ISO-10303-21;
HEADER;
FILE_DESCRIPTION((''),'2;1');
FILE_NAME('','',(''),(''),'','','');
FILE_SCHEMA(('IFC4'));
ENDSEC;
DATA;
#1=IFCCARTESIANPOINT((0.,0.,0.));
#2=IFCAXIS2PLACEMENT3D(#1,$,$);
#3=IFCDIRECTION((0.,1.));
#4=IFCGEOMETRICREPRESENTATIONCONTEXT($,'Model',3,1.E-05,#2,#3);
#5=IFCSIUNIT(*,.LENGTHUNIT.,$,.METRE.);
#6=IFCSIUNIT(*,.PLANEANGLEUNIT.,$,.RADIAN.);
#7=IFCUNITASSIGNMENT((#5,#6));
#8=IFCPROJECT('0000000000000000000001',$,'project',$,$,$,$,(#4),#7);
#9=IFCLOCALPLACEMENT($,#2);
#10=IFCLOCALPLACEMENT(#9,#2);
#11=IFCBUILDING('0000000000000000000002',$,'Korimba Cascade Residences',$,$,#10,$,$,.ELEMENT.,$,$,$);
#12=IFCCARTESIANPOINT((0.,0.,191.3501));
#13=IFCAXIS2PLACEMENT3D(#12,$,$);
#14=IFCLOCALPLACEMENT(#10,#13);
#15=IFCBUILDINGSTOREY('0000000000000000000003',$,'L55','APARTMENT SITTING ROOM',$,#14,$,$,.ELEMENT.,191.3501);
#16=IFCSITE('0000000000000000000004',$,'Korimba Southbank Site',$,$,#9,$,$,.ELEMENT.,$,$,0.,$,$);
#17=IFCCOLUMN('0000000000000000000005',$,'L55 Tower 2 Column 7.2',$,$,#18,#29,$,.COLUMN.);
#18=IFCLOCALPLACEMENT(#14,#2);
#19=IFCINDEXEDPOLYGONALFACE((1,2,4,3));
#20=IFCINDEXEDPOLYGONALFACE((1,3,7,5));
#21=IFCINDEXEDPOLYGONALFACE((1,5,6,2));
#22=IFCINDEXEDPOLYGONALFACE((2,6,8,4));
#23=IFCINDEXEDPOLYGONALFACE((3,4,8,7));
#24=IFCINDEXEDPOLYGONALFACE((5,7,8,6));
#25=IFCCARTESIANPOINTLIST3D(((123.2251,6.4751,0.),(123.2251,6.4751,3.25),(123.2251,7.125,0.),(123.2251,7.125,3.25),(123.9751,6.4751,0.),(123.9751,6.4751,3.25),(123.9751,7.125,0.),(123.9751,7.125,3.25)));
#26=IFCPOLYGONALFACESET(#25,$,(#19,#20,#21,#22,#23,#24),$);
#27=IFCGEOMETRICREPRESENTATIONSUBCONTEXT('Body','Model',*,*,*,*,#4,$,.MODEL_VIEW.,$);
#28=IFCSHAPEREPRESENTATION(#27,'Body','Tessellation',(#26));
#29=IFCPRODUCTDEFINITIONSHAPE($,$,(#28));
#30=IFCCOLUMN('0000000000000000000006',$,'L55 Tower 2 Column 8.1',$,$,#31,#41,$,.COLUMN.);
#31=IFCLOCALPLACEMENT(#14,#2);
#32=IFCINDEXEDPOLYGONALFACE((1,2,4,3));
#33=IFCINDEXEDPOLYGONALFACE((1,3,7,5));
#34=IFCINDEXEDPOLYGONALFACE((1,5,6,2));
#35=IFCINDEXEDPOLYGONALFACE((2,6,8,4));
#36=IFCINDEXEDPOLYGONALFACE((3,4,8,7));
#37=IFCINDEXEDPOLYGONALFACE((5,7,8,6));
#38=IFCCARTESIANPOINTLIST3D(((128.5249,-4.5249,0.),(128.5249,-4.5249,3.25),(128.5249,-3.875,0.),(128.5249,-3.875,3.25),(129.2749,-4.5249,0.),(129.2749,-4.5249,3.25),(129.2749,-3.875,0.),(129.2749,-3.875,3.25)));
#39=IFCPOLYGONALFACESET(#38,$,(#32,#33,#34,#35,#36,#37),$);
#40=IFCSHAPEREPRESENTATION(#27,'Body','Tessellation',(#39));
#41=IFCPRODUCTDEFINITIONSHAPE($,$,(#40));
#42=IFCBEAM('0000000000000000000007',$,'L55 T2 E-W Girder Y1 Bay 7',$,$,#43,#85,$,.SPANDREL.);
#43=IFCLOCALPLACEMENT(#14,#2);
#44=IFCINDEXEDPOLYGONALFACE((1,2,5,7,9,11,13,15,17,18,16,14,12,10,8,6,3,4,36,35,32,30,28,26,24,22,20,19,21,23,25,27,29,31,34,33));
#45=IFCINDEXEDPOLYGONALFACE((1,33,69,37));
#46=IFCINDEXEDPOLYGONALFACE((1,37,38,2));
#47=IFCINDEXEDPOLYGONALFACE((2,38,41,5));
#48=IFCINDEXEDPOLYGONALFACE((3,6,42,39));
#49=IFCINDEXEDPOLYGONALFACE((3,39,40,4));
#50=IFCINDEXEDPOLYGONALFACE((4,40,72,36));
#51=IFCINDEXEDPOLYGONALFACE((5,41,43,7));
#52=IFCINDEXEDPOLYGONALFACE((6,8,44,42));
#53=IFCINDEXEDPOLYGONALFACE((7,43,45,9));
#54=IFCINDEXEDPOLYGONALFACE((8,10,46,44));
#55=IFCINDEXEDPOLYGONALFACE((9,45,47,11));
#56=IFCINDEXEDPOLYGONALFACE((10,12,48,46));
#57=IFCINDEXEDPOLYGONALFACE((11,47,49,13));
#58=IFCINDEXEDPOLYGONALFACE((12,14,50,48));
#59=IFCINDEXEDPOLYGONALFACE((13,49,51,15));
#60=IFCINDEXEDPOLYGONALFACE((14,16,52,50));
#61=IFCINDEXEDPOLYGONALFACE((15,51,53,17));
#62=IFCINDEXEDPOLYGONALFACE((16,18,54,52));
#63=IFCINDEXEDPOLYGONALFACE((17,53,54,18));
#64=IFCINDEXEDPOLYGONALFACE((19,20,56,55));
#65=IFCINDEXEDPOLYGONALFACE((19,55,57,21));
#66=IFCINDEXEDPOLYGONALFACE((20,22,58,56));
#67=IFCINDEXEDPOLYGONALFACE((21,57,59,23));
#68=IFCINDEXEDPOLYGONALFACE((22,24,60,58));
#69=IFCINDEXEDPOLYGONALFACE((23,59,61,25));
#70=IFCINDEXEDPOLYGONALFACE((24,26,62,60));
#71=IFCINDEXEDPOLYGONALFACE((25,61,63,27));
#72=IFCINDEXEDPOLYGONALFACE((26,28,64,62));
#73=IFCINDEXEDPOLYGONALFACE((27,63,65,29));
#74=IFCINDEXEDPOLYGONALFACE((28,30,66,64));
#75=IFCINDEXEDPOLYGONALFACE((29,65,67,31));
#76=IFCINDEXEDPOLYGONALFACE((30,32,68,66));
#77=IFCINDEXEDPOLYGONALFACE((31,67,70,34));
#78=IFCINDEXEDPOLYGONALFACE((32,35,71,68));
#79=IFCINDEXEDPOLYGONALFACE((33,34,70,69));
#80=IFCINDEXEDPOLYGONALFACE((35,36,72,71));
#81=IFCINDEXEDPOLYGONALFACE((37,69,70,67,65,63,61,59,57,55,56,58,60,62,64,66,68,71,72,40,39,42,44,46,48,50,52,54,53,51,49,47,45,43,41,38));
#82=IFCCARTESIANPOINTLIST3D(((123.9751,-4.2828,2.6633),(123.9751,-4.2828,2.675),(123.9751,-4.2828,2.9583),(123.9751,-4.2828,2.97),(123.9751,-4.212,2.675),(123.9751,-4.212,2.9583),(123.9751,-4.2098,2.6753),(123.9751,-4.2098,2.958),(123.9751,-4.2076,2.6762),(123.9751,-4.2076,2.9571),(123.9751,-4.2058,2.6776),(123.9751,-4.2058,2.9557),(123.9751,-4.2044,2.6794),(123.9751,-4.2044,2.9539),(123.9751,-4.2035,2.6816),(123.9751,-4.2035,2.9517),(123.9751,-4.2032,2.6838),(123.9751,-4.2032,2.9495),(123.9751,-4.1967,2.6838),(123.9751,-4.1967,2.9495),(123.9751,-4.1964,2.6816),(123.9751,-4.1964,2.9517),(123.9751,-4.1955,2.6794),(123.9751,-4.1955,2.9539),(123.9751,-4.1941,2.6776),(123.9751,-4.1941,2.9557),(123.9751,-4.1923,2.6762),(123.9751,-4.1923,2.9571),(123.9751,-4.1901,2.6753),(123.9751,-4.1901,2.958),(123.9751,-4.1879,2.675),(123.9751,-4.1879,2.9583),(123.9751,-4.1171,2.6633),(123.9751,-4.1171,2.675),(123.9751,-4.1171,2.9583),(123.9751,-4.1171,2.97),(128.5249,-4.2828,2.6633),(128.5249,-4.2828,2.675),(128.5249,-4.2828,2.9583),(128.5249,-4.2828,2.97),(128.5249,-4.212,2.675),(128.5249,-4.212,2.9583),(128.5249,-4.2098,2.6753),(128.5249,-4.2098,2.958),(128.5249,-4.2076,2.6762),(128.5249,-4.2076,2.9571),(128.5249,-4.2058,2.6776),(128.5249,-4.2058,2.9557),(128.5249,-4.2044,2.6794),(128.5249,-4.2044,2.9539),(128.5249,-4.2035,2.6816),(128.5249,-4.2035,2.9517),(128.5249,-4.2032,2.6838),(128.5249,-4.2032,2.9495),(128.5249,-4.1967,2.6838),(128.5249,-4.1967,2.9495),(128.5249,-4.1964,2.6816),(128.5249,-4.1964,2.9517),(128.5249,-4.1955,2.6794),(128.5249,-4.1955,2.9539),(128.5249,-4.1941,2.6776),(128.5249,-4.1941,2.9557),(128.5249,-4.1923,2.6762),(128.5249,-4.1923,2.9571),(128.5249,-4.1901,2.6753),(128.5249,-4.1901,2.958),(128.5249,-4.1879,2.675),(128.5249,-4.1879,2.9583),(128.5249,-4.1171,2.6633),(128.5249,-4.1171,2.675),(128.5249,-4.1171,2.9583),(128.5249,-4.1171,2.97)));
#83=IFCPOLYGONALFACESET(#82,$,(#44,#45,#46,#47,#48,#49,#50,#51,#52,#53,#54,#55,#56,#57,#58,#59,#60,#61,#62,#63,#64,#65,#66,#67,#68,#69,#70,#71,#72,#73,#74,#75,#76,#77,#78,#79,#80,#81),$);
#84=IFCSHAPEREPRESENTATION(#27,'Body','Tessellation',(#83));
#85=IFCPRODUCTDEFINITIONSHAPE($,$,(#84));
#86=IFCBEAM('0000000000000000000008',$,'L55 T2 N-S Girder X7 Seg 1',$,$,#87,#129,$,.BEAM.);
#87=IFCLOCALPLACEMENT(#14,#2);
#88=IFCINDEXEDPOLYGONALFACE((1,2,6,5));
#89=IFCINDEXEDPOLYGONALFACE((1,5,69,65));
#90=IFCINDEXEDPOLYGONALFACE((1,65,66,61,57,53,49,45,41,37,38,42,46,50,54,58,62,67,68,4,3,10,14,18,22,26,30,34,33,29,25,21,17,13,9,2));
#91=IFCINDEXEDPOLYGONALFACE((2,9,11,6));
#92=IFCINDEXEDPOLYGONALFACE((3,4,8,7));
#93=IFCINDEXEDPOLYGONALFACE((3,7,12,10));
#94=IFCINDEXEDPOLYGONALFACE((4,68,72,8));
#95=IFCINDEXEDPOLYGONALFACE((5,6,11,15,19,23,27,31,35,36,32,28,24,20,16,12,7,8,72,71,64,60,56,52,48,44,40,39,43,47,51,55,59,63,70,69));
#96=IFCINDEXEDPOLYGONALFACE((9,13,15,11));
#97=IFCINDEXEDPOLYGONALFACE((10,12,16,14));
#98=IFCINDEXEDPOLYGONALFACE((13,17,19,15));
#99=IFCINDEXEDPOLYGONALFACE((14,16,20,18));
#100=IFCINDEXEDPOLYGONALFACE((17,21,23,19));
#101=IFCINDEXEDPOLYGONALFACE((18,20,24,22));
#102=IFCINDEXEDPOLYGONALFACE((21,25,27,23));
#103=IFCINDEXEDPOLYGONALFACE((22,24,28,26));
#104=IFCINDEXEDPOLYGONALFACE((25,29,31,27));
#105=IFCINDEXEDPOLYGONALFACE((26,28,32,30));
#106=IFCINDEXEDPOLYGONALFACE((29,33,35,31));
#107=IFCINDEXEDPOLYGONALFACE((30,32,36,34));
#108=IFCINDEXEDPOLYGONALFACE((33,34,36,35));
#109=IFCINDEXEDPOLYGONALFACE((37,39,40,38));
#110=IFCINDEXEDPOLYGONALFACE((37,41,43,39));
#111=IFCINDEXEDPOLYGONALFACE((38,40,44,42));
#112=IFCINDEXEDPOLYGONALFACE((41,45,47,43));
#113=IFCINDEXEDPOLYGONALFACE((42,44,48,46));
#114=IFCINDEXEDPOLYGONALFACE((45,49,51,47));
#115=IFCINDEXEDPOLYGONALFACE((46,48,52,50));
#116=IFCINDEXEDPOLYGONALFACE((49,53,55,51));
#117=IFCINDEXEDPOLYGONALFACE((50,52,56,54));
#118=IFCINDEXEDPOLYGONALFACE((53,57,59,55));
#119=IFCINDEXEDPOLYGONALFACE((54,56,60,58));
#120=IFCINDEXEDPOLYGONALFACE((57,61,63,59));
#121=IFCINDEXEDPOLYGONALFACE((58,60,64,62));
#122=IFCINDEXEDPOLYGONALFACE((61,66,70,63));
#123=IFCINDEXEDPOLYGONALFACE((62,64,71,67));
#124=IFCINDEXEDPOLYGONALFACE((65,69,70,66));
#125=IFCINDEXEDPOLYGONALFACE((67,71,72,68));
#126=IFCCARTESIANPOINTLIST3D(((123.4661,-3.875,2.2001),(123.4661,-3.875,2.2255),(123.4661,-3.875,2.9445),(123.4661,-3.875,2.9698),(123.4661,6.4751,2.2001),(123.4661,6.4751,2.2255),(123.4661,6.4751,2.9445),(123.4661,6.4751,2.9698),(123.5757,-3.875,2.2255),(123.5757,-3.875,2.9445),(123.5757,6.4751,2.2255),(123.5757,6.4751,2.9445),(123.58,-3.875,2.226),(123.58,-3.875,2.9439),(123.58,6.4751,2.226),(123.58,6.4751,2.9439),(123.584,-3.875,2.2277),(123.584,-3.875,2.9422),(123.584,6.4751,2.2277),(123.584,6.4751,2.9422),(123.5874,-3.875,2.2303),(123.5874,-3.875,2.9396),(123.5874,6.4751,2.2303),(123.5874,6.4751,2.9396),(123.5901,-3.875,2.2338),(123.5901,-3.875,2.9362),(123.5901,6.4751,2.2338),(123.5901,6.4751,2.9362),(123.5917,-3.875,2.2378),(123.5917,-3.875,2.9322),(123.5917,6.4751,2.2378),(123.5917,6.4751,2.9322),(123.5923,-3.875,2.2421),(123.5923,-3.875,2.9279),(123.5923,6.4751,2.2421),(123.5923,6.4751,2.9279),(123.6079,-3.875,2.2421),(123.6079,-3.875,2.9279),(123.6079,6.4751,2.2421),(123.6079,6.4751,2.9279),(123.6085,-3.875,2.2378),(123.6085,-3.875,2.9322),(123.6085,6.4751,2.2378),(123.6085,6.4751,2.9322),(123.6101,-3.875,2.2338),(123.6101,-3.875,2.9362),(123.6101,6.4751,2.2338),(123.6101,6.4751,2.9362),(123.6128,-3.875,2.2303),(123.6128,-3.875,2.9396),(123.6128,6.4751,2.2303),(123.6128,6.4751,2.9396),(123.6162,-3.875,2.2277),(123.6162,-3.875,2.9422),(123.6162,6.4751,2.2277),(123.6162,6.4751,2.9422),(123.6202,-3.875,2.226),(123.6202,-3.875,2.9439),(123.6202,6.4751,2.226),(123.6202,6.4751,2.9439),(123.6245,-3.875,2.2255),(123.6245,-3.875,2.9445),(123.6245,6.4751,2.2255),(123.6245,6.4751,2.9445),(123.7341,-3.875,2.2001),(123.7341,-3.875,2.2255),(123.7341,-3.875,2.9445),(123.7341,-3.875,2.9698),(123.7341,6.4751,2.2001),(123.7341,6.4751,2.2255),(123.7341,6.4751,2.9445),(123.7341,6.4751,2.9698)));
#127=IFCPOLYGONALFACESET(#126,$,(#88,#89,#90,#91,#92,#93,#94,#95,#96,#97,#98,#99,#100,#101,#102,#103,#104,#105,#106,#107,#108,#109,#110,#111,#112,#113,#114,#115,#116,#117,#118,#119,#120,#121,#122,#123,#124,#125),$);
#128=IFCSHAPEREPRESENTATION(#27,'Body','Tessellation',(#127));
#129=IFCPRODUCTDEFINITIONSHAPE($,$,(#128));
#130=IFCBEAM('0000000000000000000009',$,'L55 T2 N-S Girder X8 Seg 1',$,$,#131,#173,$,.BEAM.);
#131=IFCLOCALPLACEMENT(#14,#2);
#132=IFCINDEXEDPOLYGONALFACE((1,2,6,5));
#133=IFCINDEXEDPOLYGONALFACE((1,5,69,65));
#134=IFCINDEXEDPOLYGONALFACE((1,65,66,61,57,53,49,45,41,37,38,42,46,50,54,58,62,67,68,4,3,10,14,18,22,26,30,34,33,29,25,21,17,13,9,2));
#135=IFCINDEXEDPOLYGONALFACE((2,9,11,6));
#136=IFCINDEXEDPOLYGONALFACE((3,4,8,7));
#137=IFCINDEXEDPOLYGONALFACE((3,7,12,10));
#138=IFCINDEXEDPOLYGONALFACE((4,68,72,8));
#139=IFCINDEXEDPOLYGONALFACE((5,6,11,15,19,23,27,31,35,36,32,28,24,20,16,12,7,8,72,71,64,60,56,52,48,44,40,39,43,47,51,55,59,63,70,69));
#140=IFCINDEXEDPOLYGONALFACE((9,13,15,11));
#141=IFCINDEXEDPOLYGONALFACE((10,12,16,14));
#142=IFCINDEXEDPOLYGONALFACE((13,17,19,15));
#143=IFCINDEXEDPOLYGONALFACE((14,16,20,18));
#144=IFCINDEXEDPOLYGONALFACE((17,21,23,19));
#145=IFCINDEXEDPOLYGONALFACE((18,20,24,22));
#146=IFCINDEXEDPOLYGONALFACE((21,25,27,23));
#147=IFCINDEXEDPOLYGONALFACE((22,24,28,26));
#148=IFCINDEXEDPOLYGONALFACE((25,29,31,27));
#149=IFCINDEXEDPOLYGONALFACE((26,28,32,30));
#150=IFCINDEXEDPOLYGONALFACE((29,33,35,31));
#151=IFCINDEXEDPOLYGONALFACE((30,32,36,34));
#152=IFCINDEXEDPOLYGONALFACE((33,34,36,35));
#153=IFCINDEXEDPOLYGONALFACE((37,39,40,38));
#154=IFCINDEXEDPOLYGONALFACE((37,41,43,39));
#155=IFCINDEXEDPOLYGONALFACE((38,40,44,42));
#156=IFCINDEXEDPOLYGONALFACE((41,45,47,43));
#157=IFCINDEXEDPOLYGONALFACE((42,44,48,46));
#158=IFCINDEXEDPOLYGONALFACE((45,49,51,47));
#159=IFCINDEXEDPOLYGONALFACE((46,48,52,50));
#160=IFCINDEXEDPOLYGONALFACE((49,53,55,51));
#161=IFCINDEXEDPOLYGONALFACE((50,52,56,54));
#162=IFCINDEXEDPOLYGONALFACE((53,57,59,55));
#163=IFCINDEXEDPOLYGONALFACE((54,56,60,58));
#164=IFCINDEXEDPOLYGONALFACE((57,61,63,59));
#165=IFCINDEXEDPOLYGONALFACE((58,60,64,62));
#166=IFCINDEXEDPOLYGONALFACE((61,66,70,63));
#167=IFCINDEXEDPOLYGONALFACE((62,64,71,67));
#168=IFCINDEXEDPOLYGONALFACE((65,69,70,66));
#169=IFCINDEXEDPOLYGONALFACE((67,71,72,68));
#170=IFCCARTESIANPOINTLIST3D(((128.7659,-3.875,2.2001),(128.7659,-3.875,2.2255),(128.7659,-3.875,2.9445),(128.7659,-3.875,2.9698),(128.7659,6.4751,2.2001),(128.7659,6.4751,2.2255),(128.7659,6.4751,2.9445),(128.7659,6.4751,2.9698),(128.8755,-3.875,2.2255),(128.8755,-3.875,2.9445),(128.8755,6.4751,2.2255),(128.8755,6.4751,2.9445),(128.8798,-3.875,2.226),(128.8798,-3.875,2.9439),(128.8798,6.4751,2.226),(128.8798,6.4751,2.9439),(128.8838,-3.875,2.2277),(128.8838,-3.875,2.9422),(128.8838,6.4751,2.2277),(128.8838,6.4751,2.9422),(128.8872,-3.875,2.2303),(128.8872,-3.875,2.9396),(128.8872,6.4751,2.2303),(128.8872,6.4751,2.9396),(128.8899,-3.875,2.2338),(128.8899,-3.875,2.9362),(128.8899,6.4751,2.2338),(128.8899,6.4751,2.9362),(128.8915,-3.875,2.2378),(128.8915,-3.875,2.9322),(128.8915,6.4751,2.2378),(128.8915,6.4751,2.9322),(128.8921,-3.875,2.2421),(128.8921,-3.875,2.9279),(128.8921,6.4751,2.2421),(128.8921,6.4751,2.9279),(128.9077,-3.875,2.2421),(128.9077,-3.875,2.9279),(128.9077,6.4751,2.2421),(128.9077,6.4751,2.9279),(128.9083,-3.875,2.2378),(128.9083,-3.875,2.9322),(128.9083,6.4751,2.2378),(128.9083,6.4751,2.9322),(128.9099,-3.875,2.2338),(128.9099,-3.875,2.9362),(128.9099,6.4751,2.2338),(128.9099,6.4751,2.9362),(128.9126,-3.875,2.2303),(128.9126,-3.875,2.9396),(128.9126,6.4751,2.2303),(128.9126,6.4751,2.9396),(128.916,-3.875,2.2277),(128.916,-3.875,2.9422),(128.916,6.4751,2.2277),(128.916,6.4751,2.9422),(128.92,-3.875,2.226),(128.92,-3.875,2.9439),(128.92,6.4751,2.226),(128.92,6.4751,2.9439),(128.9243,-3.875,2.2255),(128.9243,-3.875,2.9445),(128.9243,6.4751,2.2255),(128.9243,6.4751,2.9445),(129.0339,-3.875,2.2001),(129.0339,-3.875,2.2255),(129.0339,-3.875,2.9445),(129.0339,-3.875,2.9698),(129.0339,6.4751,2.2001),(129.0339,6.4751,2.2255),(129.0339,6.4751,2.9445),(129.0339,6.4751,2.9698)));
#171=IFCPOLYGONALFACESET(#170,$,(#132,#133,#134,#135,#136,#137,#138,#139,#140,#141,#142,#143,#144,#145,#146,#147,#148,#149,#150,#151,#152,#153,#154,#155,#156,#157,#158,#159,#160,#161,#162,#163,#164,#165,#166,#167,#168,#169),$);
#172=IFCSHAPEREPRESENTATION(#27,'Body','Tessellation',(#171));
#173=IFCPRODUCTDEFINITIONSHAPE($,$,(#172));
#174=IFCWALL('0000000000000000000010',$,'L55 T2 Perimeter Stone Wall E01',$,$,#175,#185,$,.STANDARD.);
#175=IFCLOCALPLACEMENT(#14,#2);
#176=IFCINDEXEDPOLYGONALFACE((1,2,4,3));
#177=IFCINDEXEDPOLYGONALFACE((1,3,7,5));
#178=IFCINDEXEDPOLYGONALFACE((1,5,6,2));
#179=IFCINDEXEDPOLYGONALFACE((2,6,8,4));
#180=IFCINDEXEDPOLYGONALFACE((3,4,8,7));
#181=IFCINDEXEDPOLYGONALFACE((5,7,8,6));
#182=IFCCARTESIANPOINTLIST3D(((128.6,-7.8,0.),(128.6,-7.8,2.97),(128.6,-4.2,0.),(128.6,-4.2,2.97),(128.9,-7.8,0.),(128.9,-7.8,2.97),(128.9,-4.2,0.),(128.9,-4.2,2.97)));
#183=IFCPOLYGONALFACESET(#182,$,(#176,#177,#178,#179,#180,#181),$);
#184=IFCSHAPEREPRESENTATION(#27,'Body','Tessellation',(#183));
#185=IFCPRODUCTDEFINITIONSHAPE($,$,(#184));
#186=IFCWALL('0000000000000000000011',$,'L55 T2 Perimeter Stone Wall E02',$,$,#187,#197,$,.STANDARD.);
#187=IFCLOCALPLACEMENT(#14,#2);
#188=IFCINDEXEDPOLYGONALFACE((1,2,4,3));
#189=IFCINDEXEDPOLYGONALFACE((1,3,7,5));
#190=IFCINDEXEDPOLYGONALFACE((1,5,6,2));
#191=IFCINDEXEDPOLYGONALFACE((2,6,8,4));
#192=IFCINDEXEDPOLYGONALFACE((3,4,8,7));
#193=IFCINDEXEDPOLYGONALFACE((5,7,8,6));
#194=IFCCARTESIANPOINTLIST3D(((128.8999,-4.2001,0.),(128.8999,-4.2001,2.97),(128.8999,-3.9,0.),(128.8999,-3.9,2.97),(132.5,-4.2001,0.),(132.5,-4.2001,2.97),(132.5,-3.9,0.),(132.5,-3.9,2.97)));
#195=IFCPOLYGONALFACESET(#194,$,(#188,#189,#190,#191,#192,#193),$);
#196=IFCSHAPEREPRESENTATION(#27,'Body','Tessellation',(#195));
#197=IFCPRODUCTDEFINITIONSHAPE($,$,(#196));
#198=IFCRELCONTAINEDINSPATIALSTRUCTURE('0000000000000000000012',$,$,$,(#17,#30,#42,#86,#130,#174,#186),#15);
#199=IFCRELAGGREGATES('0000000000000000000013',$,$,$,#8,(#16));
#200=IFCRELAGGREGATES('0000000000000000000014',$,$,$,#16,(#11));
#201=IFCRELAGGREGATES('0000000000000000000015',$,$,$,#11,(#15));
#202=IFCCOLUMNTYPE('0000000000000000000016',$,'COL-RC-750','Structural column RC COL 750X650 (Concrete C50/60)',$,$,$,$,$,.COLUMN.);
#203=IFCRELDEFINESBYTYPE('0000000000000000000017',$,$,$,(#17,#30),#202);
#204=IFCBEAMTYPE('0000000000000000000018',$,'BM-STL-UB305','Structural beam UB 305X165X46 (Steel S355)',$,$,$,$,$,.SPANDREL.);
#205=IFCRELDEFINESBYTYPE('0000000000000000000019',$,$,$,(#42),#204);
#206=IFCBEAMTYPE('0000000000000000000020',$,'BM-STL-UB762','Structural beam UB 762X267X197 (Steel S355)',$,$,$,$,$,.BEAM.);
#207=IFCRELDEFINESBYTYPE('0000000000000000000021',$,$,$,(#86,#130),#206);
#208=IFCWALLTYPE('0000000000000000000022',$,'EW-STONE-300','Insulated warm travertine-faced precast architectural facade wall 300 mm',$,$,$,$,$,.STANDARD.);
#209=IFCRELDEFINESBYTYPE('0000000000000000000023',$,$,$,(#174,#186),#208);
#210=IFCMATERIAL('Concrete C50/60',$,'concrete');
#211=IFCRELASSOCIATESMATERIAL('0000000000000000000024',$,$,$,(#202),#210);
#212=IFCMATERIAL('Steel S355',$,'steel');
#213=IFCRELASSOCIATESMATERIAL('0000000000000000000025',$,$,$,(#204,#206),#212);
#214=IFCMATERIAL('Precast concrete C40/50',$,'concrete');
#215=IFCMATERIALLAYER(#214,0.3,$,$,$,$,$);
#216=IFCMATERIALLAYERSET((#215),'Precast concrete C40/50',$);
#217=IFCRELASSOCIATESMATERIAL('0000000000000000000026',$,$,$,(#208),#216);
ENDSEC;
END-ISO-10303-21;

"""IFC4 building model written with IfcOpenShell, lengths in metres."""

from ifc_helpers import new_model, si_unit, direction, frame, frame_2d, origin, origin_2d, place, context, subcontext, project, spatial, rectangle, i_section, extrude, material, layer, layer_set, material_profile, profile_set, type_object, element, save


model = new_model("IFC4")

# Units and contexts
model_context = context("Model", 3, precision=1e-05, world=origin(), true_north=direction((0.0, 1.0)))
body_context = subcontext(model_context, "Body", "Model", "MODEL_VIEW")
ifc_project = project(units=[si_unit("LENGTHUNIT", "METRE"), si_unit("PLANEANGLEUNIT", "RADIAN")], contexts=[model_context])

# Site, building, storey
site_placement = place(None, origin())
site = spatial("IfcSite", under=ifc_project, at=site_placement, Name="Korimba Southbank Site", CompositionType="ELEMENT", RefElevation=0.0)
building_placement = place(site_placement, origin())
building = spatial("IfcBuilding", under=site, at=building_placement, Name="Korimba Cascade Residences", CompositionType="ELEMENT")
storey_placement = place(building_placement, frame((0.0, 0.0, 191.3501)))
storey = spatial("IfcBuildingStorey", under=building, at=storey_placement, Name="L55", Description="APARTMENT SITTING ROOM", CompositionType="ELEMENT", Elevation=191.3501)

# Columns
ifc_material_1 = material(Name="Concrete C50/60", Category="concrete")
ifc_material_profile_1 = material_profile(ifc_material_1, rectangle(XDim=0.75, YDim=0.6499, at=origin_2d()), Name="Concrete C50/60")
ifc_profile_set_1 = profile_set([ifc_material_profile_1], Name="Concrete C50/60")
column_type = type_object("IfcColumnType", Name="COL-RC-750", Description="Structural column RC COL 750X650 (Concrete C50/60)", PredefinedType="COLUMN", material=ifc_profile_set_1)
for number, where, z_axis, x_axis, name in (
    (1, (123.6001, 6.8, 0.0), (0.0, 0.0, 1.0), (1.0, 0.0, 0.0), "L55 Tower 2 Column 7.2"),
    (2, (128.8999, -4.2, 0.0), (0.0, 0.0, 1.0), (1.0, 0.0, 0.0), "L55 Tower 2 Column 8.1"),
):
    element("IfcColumn", number, at=place(storey_placement, frame(where, z_axis=z_axis, x_axis=x_axis)), inside=storey, type_object=column_type, Name=name, PredefinedType="COLUMN", context=body_context, shape_type="SweptSolid", body=[
        extrude(rectangle(XDim=0.75, YDim=0.6499, at=origin_2d()), origin(), (0.0, 0.0, 1.0), 3.25),
    ])

# Beams
ifc_material_2 = material(Name="Steel S355", Category="steel")
ifc_material_profile_2 = material_profile(ifc_material_2, i_section(OverallWidth=0.1658, OverallDepth=0.3066, WebThickness=0.0066, FlangeThickness=0.0117, FilletRadius=0.0088, at=origin_2d()), Name="Steel S355")
ifc_profile_set_2 = profile_set([ifc_material_profile_2], Name="Steel S355")
beam_type_1 = type_object("IfcBeamType", Name="BM-STL-UB305", Description="Structural beam UB 305X165X46 (Steel S355)", PredefinedType="SPANDREL", material=ifc_profile_set_2)
beam_placement = place(storey_placement, frame((123.9751, -4.2, 2.8167), z_axis=(1.0, 0.0, 0.0), x_axis=(0.0, 1.0, 0.0)))
element("IfcBeam", 3, at=beam_placement, inside=storey, type_object=beam_type_1, Name="L55 T2 E-W Girder Y1 Bay 7", PredefinedType="SPANDREL", context=body_context, shape_type="SweptSolid", body=[
    extrude(i_section(OverallWidth=0.1658, OverallDepth=0.3066, WebThickness=0.0066, FlangeThickness=0.0117, FilletRadius=0.0088, at=origin_2d()), origin(), (0.0, 0.0, 1.0), 4.5498),
])
ifc_material_profile_3 = material_profile(ifc_material_2, i_section(OverallWidth=0.2681, OverallDepth=0.7698, WebThickness=0.0156, FlangeThickness=0.0254, FilletRadius=0.0166, at=origin_2d()), Name="Steel S355")
ifc_profile_set_3 = profile_set([ifc_material_profile_3], Name="Steel S355")
beam_type_2 = type_object("IfcBeamType", Name="BM-STL-UB762", Description="Structural beam UB 762X267X197 (Steel S355)", PredefinedType="BEAM", material=ifc_profile_set_3)
for number, where, z_axis, x_axis, name in (
    (4, (123.6001, -3.875, 2.585), (0.0, 1.0, 0.0), (-1.0, 0.0, 0.0), "L55 T2 N-S Girder X7 Seg 1"),
    (5, (128.8999, -3.875, 2.585), (0.0, 1.0, 0.0), (-1.0, 0.0, 0.0), "L55 T2 N-S Girder X8 Seg 1"),
):
    element("IfcBeam", number, at=place(storey_placement, frame(where, z_axis=z_axis, x_axis=x_axis)), inside=storey, type_object=beam_type_2, Name=name, PredefinedType="BEAM", context=body_context, shape_type="SweptSolid", body=[
        extrude(i_section(OverallWidth=0.2681, OverallDepth=0.7698, WebThickness=0.0156, FlangeThickness=0.0254, FilletRadius=0.0166, at=origin_2d()), origin(), (0.0, 0.0, 1.0), 10.3501),
    ])

# Walls
ifc_material_3 = material(Name="Precast concrete C40/50", Category="concrete")
ifc_layer_1 = layer(ifc_material_3, 0.3)
ifc_layer_set_1 = layer_set([ifc_layer_1], Name="Precast concrete C40/50")
wall_type_1 = type_object("IfcWallType", Name="EW-STONE-300", Description="Insulated warm travertine-faced precast architectural facade wall 300 mm", PredefinedType="STANDARD", material=ifc_layer_set_1)
for number, where, z_axis, x_axis, name in (
    (6, (128.75, -7.8, 0.0), (0.0, 0.0, 1.0), (0.0, 1.0, 0.0), "L55 T2 Perimeter Stone Wall E01"),
    (7, (128.8999, -4.05, 0.0), (0.0, 0.0, 1.0), (1.0, 0.0, 0.0), "L55 T2 Perimeter Stone Wall E02"),
):
    element("IfcWall", number, at=place(storey_placement, frame(where, z_axis=z_axis, x_axis=x_axis)), inside=storey, type_object=wall_type_1, Name=name, PredefinedType="STANDARD", context=body_context, shape_type="SweptSolid", body=[
        extrude(rectangle(XDim=3.6001, YDim=0.3, at=frame_2d((1.8, 0.0))), origin(), (0.0, 0.0, 1.0), 2.97),
    ])

save(model, "model.ifc")
